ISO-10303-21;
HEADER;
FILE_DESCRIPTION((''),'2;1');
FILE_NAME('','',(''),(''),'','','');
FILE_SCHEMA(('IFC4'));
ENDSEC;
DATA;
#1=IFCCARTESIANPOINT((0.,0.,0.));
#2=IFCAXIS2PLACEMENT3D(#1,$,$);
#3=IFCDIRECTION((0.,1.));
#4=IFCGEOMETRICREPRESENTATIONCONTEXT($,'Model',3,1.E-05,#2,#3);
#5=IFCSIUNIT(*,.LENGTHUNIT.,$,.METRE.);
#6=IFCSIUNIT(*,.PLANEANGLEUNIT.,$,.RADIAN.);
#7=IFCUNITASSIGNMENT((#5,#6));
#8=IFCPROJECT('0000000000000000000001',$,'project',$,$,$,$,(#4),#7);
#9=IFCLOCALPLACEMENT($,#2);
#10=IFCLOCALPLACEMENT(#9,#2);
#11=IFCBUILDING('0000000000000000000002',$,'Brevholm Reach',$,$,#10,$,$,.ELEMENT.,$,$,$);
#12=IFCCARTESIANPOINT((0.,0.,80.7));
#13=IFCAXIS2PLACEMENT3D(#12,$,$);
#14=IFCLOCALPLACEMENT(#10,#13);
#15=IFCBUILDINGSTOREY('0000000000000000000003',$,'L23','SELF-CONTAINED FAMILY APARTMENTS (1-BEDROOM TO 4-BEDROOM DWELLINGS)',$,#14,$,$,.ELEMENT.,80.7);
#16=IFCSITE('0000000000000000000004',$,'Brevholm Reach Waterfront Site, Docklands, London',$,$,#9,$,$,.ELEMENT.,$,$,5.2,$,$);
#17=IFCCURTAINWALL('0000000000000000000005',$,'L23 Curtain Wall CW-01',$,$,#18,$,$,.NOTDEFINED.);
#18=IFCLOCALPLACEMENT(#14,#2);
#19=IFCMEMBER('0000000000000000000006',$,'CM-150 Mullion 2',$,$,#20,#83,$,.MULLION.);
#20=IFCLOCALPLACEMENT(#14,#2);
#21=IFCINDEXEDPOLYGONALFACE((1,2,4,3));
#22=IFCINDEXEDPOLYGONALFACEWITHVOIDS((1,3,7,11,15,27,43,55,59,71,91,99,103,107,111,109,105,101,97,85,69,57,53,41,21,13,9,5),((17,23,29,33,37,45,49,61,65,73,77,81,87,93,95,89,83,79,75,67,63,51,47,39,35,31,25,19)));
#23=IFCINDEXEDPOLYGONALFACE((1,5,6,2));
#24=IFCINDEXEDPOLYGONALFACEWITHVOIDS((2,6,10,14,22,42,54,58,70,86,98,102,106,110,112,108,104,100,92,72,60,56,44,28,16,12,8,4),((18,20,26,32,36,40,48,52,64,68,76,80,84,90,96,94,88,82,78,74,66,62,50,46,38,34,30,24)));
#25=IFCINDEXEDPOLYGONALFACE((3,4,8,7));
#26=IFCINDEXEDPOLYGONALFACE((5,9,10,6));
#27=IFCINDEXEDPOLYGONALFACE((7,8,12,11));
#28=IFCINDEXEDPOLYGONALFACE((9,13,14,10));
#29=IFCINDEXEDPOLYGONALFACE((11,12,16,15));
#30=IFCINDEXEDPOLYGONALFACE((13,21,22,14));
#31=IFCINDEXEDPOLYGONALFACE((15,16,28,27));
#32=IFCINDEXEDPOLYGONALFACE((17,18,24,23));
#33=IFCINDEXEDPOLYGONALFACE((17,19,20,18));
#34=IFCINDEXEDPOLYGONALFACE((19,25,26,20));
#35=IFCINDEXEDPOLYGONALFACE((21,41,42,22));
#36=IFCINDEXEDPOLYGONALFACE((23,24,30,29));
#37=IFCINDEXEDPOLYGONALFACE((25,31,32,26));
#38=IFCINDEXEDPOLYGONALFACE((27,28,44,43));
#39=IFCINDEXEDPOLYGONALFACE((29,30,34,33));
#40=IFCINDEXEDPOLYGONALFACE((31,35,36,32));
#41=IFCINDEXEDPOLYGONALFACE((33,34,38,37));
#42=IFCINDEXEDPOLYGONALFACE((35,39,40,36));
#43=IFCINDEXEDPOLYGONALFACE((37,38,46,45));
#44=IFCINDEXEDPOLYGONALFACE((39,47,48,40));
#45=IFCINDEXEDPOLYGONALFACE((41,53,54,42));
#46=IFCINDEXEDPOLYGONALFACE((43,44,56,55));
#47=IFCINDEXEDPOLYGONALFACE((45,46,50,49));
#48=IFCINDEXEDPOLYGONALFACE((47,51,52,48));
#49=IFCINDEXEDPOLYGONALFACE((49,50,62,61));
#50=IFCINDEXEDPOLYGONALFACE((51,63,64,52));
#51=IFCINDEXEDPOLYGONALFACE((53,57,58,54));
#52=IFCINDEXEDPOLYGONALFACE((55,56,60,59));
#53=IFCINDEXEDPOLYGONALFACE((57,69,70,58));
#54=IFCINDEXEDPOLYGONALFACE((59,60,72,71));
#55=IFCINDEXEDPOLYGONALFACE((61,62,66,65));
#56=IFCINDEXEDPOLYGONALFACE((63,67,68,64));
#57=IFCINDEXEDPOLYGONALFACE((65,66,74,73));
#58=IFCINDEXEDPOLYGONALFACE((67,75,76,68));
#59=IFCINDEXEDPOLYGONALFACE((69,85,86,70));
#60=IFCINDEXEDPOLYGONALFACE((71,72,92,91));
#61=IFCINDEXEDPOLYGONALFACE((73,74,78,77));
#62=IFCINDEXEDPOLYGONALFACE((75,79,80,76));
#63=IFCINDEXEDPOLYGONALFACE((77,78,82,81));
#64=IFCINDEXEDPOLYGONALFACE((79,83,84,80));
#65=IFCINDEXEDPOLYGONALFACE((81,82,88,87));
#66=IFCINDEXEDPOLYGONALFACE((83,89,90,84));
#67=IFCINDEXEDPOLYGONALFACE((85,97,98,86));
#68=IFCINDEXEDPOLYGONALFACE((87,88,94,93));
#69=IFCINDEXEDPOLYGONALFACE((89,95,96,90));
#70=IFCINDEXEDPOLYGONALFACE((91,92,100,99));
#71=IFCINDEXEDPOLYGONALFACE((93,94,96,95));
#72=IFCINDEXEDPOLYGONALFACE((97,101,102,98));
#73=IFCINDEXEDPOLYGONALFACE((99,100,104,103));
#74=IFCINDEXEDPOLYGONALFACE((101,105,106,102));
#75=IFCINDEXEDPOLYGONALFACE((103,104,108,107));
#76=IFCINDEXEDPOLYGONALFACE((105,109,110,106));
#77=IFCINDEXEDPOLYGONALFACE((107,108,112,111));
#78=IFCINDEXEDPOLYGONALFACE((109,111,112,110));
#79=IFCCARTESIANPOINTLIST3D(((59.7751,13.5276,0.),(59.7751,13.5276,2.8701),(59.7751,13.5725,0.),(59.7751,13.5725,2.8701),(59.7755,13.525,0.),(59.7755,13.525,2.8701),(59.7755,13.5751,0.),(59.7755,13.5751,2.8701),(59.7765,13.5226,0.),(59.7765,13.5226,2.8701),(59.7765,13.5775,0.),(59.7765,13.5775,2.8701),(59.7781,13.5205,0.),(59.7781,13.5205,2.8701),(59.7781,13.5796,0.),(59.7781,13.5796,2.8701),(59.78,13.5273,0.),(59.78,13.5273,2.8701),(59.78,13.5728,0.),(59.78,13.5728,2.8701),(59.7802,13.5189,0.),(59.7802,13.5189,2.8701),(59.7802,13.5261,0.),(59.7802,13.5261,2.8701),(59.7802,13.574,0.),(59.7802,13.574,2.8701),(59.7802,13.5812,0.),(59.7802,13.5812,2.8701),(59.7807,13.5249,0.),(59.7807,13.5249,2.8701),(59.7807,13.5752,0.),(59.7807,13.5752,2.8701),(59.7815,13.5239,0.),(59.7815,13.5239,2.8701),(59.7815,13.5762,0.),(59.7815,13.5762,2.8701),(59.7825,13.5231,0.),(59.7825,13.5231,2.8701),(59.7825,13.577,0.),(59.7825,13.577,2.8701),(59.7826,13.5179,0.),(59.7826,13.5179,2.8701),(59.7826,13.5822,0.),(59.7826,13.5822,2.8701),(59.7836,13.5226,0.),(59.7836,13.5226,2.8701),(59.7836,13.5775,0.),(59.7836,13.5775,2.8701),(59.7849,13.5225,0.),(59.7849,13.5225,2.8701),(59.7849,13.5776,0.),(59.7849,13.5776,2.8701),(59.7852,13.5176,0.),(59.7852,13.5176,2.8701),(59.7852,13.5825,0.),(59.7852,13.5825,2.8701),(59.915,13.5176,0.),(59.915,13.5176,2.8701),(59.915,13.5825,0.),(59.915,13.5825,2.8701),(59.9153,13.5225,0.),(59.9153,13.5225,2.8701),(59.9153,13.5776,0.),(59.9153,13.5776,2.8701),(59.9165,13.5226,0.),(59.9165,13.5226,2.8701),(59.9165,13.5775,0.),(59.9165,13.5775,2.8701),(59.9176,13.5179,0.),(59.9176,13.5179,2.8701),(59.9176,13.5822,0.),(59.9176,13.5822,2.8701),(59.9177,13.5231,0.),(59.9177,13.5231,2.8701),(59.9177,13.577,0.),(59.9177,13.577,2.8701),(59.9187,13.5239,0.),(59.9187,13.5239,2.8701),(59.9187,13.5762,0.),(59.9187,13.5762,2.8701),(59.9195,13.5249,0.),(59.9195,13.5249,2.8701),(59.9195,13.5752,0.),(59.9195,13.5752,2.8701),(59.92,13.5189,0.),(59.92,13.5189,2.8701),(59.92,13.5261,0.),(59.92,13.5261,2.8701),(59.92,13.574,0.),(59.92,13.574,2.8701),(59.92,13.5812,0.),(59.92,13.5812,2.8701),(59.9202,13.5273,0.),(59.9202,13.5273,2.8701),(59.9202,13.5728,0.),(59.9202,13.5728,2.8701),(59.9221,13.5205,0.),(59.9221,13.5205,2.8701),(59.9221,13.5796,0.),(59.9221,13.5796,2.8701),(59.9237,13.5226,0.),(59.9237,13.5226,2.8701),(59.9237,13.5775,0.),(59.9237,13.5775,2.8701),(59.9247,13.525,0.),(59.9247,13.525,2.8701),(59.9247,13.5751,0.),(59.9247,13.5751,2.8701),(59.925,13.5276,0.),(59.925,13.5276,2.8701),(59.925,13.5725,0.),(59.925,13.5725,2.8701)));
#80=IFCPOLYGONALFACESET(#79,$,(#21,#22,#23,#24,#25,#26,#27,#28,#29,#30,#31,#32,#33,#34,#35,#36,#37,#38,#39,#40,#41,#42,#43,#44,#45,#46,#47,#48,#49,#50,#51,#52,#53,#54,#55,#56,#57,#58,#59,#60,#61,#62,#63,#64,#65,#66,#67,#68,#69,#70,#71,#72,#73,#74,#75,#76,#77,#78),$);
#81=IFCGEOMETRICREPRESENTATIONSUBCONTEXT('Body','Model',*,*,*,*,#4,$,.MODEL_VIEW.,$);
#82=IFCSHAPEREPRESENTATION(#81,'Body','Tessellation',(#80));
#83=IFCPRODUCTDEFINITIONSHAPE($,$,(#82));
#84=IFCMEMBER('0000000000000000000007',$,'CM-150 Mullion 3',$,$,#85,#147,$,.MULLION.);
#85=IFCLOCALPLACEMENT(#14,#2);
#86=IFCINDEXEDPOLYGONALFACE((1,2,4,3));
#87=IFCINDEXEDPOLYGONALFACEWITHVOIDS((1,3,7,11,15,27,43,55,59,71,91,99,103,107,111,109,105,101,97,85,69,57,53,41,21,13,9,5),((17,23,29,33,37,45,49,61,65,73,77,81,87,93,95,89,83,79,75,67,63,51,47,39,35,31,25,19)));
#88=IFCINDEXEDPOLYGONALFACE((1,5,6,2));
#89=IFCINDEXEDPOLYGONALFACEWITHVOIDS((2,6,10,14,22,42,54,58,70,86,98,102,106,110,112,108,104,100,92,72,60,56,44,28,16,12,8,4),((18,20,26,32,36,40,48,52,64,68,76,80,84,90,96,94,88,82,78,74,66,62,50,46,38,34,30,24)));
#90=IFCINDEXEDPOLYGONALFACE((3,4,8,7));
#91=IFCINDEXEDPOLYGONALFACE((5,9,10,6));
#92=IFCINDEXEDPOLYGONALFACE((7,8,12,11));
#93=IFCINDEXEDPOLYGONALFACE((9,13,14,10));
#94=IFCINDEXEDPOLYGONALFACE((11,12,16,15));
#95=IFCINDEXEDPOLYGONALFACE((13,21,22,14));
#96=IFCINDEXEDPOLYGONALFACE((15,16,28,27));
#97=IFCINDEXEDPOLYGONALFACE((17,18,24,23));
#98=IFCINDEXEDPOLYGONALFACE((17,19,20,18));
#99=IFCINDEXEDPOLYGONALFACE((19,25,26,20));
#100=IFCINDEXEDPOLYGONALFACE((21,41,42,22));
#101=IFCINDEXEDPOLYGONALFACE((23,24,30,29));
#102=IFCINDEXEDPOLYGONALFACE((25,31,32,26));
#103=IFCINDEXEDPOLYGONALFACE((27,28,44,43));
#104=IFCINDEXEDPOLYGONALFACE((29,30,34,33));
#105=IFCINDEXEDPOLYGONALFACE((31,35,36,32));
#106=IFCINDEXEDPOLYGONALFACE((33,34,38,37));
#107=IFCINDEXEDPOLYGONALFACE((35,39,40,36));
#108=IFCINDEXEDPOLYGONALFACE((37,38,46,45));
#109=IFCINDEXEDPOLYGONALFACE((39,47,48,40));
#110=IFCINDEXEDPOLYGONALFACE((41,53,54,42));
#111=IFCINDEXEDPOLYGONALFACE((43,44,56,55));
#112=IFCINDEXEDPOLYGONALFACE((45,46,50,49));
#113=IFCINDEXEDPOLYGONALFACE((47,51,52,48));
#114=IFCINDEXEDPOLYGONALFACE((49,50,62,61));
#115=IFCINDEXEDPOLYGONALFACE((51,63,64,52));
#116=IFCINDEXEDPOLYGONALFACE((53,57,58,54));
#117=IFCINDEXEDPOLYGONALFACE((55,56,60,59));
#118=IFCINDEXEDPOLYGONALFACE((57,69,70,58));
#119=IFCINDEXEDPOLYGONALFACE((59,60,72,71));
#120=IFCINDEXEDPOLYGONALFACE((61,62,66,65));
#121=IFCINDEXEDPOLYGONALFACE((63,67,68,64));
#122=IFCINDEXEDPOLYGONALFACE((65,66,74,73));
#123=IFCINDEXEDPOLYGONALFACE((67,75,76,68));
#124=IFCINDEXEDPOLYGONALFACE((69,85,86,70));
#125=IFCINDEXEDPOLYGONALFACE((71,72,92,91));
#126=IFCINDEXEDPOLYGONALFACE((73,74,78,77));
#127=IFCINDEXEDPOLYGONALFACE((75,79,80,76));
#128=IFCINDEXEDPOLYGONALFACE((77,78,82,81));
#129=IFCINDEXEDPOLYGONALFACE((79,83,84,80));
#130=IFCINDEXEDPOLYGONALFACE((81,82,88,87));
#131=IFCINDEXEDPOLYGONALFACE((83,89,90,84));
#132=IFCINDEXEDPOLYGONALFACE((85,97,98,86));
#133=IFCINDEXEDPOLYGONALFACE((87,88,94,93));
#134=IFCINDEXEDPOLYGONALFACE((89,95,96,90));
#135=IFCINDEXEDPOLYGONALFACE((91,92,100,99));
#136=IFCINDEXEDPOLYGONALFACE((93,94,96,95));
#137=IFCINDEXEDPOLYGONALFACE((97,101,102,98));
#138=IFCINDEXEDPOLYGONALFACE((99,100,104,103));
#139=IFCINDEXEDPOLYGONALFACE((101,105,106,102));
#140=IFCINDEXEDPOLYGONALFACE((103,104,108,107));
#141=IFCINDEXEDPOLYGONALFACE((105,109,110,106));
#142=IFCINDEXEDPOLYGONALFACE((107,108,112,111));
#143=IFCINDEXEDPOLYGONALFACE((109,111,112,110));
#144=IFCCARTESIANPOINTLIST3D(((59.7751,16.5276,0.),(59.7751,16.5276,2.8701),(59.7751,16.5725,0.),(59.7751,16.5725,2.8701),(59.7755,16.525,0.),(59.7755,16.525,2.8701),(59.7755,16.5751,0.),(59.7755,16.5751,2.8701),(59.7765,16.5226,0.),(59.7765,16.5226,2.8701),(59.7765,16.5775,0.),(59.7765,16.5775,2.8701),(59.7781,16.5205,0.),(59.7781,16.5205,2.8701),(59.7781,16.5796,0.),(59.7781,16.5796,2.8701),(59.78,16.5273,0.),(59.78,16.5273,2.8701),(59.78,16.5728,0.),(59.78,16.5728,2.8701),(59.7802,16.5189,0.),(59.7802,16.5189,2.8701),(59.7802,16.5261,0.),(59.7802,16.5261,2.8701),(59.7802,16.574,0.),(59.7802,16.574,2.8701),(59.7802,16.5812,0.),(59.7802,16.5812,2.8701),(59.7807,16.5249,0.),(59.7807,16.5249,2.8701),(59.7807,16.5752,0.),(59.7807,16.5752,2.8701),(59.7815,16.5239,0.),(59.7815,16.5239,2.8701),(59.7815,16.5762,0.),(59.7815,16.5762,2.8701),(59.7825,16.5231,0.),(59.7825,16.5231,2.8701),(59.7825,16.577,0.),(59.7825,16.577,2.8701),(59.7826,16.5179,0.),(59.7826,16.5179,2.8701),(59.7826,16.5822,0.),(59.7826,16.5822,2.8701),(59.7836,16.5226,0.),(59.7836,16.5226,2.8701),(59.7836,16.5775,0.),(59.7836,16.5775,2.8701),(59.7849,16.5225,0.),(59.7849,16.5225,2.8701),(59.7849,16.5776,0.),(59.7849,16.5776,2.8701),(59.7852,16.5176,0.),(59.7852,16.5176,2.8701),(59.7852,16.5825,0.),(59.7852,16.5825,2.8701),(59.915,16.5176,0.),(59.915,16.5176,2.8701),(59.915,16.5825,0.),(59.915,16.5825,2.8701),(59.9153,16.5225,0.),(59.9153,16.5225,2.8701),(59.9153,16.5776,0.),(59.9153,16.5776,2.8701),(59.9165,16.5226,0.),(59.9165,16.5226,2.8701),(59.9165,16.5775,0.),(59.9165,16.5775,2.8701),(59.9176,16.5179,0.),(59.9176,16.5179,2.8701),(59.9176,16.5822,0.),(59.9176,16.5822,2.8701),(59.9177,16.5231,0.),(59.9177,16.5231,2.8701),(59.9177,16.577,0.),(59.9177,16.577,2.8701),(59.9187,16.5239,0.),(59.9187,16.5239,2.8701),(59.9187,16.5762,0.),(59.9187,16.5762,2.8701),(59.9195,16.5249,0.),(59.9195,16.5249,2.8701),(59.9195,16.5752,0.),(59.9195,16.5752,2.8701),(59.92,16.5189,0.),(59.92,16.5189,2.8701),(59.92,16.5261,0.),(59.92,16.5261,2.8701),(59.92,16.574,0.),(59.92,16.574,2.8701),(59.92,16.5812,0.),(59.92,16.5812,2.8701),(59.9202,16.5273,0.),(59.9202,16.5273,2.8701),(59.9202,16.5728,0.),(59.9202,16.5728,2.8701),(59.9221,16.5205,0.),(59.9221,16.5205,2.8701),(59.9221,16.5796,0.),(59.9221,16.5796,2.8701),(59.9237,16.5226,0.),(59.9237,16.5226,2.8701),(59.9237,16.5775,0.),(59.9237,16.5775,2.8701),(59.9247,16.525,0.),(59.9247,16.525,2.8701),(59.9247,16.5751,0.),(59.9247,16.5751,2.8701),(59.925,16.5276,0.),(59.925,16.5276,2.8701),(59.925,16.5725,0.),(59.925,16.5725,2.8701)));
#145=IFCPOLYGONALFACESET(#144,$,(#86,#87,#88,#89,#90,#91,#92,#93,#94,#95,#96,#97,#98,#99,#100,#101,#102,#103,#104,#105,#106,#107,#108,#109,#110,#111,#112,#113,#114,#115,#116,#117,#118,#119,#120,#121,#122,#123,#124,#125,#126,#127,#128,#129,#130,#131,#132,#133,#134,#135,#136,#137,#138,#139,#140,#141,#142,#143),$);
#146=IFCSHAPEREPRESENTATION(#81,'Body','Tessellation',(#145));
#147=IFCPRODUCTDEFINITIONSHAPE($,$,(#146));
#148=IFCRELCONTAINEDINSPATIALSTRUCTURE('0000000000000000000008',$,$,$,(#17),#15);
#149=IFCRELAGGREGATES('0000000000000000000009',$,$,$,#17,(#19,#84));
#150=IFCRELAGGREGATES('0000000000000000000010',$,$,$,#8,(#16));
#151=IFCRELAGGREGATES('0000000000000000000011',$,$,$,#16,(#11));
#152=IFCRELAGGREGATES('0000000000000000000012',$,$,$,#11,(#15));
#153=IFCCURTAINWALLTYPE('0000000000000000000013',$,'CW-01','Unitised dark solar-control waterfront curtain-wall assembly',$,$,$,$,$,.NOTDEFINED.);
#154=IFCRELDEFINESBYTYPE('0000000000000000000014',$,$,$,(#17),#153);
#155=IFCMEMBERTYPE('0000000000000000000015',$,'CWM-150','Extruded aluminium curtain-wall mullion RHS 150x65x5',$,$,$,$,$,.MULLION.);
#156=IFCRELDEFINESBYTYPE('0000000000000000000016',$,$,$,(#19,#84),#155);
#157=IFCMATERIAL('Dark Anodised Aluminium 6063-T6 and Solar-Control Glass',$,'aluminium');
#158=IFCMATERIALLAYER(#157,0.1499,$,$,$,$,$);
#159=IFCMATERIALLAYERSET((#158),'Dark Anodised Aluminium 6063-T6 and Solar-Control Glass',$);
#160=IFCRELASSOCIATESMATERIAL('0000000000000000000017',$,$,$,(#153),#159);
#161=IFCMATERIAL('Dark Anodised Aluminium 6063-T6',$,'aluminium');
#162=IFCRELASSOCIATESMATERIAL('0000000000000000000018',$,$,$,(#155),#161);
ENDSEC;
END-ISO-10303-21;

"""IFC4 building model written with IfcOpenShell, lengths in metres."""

from ifc_helpers import new_model, si_unit, direction, frame, origin, origin_2d, place, context, subcontext, project, spatial, hollow_rectangle, extrude, material, layer, layer_set, material_profile, profile_set, type_object, element, aggregate, save


model = new_model("IFC4")

# Units and contexts
model_context = context("Model", 3, precision=1e-05, world=origin(), true_north=direction((0.0, 1.0)))
body_context = subcontext(model_context, "Body", "Model", "MODEL_VIEW")
ifc_project = project(units=[si_unit("LENGTHUNIT", "METRE"), si_unit("PLANEANGLEUNIT", "RADIAN")], contexts=[model_context])

# Site, building, storey
site_placement = place(None, origin())
site = spatial("IfcSite", under=ifc_project, at=site_placement, Name="Brevholm Reach Waterfront Site, Docklands, London", CompositionType="ELEMENT", RefElevation=5.2)
building_placement = place(site_placement, origin())
building = spatial("IfcBuilding", under=site, at=building_placement, Name="Brevholm Reach", CompositionType="ELEMENT")
storey_placement = place(building_placement, frame((0.0, 0.0, 80.7)))
storey = spatial("IfcBuildingStorey", under=building, at=storey_placement, Name="L23", Description="SELF-CONTAINED FAMILY APARTMENTS (1-BEDROOM TO 4-BEDROOM DWELLINGS)", CompositionType="ELEMENT", Elevation=80.7)

# Curtain wall, members
ifc_material_1 = material(Name="Dark Anodised Aluminium 6063-T6 and Solar-Control Glass", Category="aluminium")
ifc_layer_1 = layer(ifc_material_1, 0.1499)
ifc_layer_set_1 = layer_set([ifc_layer_1], Name="Dark Anodised Aluminium 6063-T6 and Solar-Control Glass")
curtain_wall_type = type_object("IfcCurtainWallType", Name="CW-01", Description="Unitised dark solar-control waterfront curtain-wall assembly", PredefinedType="NOTDEFINED", material=ifc_layer_set_1)
curtain_wall_placement = place(storey_placement, origin())
curtain_wall = element("IfcCurtainWall", 1, at=curtain_wall_placement, inside=storey, type_object=curtain_wall_type, Name="L23 Curtain Wall CW-01", PredefinedType="NOTDEFINED")
ifc_material_2 = material(Name="Dark Anodised Aluminium 6063-T6", Category="aluminium")
ifc_material_profile_1 = material_profile(ifc_material_2, hollow_rectangle(XDim=0.0649, YDim=0.1499, WallThickness=0.0049, InnerFilletRadius=0.0049, OuterFilletRadius=0.01, at=origin_2d()), Name="RHS 150x65x5")
ifc_profile_set_1 = profile_set([ifc_material_profile_1], Name="Dark Anodised Aluminium 6063-T6")
member_type_1 = type_object("IfcMemberType", Name="CWM-150", Description="Extruded aluminium curtain-wall mullion RHS 150x65x5", PredefinedType="MULLION", material=ifc_profile_set_1)
member_1_placement = place(storey_placement, frame((59.8501, 13.55, 0.0), z_axis=(0.0, 0.0, 1.0), x_axis=(0.0, 1.0, 0.0)))
member_1 = element("IfcMember", 2, at=member_1_placement, type_object=member_type_1, Name="CM-150 Mullion 2", PredefinedType="MULLION", context=body_context, shape_type="SweptSolid", body=[
    extrude(hollow_rectangle(XDim=0.0649, YDim=0.1499, WallThickness=0.0049, InnerFilletRadius=0.0049, OuterFilletRadius=0.01, at=origin_2d()), origin(), (0.0, 0.0, 1.0), 2.8701),
])
member_2_placement = place(storey_placement, frame((59.8501, 16.55, 0.0), z_axis=(0.0, 0.0, 1.0), x_axis=(0.0, 1.0, 0.0)))
member_2 = element("IfcMember", 3, at=member_2_placement, type_object=member_type_1, Name="CM-150 Mullion 3", PredefinedType="MULLION", context=body_context, shape_type="SweptSolid", body=[
    extrude(hollow_rectangle(XDim=0.0649, YDim=0.1499, WallThickness=0.0049, InnerFilletRadius=0.0049, OuterFilletRadius=0.01, at=origin_2d()), origin(), (0.0, 0.0, 1.0), 2.8701),
])
aggregate(curtain_wall, [member_1, member_2])

save(model, "model.ifc")
